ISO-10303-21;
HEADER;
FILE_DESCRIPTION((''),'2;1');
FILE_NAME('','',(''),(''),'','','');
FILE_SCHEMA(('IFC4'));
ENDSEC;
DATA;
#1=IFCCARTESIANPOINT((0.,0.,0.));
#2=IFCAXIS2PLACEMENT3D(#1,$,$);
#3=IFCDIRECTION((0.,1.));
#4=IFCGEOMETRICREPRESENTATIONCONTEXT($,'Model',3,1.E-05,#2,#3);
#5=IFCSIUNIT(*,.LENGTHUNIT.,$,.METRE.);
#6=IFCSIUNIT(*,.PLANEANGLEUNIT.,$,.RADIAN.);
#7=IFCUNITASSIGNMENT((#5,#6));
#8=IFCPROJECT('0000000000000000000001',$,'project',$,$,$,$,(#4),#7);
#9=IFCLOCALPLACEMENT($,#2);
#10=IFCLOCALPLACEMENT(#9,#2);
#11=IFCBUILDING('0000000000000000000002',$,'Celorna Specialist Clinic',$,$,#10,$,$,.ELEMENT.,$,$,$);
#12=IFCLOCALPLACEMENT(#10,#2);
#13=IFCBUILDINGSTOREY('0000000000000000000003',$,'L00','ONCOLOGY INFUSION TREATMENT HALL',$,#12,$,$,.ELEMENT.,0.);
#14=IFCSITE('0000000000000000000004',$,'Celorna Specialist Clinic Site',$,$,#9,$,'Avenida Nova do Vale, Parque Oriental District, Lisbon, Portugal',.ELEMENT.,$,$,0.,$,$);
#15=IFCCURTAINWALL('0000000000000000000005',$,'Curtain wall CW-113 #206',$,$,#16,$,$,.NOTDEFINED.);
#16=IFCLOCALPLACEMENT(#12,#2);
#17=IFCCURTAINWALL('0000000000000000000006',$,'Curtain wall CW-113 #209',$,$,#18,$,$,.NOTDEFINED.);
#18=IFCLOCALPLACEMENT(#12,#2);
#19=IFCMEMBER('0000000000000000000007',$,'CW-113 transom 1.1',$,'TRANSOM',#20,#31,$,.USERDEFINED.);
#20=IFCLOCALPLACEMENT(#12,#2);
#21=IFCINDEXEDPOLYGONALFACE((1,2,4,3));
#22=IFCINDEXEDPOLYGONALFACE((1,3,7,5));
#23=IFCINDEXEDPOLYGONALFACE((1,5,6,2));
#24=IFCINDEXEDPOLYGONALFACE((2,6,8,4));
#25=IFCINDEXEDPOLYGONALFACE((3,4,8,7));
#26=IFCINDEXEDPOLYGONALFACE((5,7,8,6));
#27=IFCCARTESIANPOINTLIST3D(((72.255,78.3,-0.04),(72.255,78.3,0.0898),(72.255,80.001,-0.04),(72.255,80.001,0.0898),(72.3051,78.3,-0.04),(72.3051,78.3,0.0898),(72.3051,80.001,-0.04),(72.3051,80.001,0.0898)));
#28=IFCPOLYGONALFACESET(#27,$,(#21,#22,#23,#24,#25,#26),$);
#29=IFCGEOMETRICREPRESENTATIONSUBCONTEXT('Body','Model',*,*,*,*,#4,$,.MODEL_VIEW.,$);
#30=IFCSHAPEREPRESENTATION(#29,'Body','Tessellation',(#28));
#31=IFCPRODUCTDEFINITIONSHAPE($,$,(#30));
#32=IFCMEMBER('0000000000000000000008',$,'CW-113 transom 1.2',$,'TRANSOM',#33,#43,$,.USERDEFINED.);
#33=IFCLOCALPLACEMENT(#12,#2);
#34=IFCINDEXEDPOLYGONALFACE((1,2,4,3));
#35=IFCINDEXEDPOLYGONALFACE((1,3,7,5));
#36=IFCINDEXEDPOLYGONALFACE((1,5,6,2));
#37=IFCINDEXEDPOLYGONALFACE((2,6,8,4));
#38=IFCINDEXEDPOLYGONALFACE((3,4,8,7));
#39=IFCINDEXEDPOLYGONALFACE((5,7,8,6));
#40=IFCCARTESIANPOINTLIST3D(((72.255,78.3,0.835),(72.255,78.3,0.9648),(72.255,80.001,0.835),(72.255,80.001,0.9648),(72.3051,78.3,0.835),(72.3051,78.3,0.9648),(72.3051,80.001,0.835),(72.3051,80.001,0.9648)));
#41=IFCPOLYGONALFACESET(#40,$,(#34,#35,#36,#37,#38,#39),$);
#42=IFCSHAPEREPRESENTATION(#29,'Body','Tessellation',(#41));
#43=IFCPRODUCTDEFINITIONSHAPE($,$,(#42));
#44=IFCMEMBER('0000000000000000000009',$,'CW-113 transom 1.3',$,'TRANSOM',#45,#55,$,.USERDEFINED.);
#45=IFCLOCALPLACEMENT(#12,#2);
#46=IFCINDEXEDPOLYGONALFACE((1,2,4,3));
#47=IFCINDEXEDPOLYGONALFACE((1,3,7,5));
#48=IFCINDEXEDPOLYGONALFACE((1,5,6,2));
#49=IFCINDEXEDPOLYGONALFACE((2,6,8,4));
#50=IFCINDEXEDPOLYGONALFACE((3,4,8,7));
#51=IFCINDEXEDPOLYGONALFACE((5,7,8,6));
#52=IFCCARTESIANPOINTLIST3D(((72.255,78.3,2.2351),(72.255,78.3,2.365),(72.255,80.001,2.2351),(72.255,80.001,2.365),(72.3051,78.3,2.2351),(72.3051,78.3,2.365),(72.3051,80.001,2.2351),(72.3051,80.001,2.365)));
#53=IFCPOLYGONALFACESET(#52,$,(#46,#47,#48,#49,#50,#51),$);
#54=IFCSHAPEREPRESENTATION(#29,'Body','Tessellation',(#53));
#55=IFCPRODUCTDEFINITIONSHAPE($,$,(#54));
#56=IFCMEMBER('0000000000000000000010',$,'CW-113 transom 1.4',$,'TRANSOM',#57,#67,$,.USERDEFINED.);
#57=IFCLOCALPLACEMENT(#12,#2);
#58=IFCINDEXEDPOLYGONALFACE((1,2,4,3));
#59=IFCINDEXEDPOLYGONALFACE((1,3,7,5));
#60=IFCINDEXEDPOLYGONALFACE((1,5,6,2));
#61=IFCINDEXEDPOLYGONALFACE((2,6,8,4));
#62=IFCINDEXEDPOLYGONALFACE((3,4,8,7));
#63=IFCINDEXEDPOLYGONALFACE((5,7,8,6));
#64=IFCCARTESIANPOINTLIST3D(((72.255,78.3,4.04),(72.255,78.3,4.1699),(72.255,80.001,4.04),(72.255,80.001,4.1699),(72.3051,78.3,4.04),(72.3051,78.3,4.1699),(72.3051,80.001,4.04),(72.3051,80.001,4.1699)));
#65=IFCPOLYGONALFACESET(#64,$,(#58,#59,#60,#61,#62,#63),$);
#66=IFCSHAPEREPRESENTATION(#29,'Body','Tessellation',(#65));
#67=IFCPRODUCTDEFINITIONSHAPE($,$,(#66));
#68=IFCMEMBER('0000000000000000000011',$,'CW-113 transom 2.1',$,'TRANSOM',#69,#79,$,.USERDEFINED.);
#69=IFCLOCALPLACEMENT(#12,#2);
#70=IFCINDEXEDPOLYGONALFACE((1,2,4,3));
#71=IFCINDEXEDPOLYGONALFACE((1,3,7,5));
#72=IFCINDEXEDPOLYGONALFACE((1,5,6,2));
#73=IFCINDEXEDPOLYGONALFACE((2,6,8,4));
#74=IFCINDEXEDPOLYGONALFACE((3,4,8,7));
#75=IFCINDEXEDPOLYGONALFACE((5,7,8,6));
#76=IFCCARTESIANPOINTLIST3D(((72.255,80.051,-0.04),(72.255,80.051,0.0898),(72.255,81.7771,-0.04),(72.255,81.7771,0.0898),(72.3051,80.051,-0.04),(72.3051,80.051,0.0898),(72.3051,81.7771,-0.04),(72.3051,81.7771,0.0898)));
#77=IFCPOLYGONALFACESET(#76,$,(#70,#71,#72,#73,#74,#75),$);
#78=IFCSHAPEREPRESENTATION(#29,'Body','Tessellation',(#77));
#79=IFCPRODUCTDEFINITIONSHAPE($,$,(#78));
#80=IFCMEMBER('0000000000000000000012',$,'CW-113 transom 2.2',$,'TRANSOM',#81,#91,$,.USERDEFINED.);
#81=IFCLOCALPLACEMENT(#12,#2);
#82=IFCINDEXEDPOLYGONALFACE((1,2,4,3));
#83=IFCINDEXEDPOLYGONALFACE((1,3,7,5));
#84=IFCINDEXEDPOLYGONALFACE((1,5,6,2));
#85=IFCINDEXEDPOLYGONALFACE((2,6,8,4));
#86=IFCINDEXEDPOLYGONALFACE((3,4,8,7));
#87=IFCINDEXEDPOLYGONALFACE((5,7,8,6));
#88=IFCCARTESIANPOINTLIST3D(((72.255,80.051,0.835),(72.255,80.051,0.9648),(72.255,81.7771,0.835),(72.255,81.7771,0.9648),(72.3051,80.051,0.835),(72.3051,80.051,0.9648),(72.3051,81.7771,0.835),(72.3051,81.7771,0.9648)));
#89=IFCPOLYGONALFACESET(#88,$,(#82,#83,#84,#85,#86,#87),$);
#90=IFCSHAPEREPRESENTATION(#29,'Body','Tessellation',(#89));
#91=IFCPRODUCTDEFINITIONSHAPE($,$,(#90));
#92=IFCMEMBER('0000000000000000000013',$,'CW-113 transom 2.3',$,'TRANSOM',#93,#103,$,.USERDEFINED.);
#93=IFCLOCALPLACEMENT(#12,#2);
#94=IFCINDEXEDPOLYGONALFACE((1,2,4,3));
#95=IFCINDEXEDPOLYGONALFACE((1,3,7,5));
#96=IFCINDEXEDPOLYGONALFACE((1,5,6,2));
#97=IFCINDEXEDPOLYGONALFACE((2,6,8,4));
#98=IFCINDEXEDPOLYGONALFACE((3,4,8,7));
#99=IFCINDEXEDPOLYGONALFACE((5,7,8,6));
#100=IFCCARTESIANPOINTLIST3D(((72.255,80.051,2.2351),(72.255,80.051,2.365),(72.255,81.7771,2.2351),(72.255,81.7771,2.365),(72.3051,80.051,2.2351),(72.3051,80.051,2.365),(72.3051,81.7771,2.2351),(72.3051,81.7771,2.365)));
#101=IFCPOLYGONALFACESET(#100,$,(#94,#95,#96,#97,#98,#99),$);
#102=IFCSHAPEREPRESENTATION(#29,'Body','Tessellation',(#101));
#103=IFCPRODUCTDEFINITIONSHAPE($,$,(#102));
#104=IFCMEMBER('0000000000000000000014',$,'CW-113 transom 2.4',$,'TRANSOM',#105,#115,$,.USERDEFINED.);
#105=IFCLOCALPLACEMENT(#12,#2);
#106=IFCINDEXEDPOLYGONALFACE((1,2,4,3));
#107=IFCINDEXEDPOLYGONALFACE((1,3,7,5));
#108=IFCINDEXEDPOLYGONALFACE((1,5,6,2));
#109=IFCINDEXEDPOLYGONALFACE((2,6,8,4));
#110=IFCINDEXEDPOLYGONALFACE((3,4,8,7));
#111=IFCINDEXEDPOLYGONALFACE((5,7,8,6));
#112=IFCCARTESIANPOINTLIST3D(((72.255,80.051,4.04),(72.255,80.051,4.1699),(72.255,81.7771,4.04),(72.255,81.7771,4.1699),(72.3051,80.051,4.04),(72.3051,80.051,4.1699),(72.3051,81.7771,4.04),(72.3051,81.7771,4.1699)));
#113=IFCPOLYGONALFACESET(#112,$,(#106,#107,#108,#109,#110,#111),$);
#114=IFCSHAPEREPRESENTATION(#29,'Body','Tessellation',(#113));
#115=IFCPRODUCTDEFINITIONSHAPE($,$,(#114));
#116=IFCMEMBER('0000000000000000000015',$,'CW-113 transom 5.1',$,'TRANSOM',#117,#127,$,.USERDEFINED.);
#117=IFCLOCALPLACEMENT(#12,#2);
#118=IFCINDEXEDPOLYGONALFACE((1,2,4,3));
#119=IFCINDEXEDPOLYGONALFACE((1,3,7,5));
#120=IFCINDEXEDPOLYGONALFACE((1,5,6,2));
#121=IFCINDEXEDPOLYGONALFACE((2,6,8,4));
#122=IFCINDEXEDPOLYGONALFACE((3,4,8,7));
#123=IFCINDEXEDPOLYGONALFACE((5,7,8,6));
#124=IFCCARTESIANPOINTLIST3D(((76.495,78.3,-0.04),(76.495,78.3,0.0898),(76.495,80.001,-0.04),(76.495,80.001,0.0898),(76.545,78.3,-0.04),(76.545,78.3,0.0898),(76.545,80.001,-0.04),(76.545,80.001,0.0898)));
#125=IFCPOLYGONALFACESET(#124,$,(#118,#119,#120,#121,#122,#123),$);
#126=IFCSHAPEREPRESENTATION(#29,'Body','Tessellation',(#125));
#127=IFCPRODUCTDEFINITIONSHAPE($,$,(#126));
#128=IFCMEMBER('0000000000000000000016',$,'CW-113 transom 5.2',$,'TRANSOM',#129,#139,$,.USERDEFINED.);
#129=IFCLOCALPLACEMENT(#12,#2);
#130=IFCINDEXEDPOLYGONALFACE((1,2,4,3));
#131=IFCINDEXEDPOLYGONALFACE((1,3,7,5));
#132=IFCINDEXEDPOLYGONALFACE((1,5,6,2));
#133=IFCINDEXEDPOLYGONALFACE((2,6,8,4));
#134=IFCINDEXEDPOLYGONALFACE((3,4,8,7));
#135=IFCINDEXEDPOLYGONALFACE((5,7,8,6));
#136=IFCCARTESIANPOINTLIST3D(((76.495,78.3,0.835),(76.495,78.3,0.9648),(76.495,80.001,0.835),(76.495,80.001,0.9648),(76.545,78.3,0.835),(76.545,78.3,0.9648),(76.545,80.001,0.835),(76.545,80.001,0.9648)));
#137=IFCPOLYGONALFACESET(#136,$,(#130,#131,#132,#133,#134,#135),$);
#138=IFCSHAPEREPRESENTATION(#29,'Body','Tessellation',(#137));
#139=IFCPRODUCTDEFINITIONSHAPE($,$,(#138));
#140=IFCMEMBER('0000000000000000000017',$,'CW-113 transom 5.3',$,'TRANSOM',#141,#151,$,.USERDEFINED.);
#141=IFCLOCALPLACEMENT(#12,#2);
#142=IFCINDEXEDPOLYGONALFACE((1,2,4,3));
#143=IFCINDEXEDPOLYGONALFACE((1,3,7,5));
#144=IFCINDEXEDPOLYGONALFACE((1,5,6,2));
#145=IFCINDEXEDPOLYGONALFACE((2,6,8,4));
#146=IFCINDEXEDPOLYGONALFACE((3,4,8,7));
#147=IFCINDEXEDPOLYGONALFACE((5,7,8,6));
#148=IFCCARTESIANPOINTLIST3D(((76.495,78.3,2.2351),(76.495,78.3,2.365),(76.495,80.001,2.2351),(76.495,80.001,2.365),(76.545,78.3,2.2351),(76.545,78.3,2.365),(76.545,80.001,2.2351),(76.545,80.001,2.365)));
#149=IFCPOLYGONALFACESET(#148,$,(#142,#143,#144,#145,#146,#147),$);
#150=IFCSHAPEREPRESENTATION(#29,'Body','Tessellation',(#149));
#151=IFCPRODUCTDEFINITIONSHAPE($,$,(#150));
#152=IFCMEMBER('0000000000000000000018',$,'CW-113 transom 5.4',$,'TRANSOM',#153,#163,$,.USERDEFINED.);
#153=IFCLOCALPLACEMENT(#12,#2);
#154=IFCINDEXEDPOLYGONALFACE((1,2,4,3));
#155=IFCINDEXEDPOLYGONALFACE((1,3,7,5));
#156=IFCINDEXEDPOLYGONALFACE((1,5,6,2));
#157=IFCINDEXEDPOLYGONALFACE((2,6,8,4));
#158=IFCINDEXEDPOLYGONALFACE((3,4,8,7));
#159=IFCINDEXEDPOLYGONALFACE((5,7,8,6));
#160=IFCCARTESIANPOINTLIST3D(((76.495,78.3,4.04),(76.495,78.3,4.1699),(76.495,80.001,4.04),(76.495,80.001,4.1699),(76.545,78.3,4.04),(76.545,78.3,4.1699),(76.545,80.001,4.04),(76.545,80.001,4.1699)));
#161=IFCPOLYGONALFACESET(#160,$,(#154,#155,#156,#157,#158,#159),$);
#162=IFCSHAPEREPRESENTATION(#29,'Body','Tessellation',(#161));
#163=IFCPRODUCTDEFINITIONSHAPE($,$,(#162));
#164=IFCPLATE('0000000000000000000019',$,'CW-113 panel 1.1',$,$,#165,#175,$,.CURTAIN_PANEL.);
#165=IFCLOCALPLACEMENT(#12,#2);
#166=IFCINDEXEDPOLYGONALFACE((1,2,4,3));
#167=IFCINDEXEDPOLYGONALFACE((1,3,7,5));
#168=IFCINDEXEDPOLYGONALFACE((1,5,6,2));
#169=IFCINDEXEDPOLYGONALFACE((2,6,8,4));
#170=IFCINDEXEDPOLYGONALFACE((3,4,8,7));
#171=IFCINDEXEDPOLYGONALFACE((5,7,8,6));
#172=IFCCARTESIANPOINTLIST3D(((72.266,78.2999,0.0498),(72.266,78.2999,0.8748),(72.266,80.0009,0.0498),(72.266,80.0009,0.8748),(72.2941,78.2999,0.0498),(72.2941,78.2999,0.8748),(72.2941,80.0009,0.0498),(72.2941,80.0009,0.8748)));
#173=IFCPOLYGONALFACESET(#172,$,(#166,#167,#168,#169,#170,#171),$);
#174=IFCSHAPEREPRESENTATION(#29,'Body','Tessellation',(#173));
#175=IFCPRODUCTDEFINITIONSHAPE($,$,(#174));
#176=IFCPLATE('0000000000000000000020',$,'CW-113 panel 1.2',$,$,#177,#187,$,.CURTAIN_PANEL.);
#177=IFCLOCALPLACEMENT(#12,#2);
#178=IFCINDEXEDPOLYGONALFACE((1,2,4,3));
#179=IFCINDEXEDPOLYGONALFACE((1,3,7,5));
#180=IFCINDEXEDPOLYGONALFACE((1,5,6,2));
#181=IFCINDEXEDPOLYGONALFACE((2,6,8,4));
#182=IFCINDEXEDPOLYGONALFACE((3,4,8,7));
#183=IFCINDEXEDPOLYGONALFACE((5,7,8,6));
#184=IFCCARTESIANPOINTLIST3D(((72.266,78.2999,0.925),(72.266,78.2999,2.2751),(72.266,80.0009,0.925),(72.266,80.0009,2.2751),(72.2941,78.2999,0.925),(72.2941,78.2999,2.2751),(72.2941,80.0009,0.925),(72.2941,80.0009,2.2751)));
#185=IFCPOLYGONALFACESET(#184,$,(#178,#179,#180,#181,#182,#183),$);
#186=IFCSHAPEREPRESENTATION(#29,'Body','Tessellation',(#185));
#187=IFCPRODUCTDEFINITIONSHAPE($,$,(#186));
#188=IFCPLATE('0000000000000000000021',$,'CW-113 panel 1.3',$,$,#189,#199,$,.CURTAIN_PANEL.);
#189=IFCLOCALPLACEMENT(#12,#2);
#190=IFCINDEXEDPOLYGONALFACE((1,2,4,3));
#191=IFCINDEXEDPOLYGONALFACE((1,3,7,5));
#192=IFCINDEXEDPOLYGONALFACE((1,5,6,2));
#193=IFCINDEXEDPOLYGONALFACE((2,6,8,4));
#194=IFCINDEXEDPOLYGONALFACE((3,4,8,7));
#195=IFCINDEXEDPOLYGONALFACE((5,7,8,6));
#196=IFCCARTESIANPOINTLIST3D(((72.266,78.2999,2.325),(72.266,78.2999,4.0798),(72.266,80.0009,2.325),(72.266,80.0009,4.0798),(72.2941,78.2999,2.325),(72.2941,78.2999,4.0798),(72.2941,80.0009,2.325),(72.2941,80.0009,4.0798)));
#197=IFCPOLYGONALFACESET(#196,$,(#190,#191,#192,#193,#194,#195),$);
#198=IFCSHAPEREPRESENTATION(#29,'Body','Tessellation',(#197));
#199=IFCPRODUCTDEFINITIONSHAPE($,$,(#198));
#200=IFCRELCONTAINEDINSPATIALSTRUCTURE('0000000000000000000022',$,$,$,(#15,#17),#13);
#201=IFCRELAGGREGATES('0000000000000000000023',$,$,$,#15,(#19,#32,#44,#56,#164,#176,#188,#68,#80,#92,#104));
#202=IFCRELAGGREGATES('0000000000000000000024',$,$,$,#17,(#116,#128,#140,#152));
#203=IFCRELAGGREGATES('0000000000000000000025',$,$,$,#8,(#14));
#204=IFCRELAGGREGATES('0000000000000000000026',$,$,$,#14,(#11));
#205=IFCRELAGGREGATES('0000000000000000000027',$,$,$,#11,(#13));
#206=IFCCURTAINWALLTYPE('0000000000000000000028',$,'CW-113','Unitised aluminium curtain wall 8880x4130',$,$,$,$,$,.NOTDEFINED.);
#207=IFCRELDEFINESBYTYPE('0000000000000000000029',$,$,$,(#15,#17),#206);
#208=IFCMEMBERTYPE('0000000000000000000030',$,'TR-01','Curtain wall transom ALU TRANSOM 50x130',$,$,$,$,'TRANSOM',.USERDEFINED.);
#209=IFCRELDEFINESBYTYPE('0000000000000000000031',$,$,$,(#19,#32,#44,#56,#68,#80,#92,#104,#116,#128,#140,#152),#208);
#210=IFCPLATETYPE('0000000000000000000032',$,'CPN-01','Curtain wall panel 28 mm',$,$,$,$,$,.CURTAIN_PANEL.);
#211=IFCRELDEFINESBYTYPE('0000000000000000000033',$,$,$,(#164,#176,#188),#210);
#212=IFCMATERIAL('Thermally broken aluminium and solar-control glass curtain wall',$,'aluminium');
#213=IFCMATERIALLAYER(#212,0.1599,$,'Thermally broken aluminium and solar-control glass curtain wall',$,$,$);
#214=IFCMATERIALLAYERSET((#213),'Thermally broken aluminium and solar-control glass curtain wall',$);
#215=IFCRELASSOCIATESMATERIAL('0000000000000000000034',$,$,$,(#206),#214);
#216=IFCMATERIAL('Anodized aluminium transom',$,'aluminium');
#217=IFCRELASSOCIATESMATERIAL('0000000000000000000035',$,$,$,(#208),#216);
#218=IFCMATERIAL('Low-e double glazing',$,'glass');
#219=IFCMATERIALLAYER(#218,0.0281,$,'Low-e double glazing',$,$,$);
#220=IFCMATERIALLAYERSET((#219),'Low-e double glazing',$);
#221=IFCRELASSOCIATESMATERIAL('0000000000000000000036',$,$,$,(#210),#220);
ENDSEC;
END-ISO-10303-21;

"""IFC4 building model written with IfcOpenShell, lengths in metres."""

from ifc_helpers import new_model, si_unit, direction, frame, origin, origin_2d, place, context, subcontext, project, spatial, rectangle, extrude, material, layer, layer_set, material_profile, profile_set, type_object, element, aggregate, save


model = new_model("IFC4")

# Units and contexts
model_context = context("Model", 3, precision=1e-05, world=origin(), true_north=direction((0.0, 1.0)))
body_context = subcontext(model_context, "Body", "Model", "MODEL_VIEW")
ifc_project = project(units=[si_unit("LENGTHUNIT", "METRE"), si_unit("PLANEANGLEUNIT", "RADIAN")], contexts=[model_context])

# Site, building, storey
site_placement = place(None, origin())
site = spatial("IfcSite", under=ifc_project, at=site_placement, Name="Celorna Specialist Clinic Site", LongName="Avenida Nova do Vale, Parque Oriental District, Lisbon, Portugal", CompositionType="ELEMENT", RefElevation=0.0)
building_placement = place(site_placement, origin())
building = spatial("IfcBuilding", under=site, at=building_placement, Name="Celorna Specialist Clinic", CompositionType="ELEMENT")
storey_placement = place(building_placement, origin())
storey = spatial("IfcBuildingStorey", under=building, at=storey_placement, Name="L00", Description="ONCOLOGY INFUSION TREATMENT HALL", CompositionType="ELEMENT", Elevation=0.0)

# Curtain wall
ifc_material_1 = material(Name="Thermally broken aluminium and solar-control glass curtain wall", Category="aluminium")
ifc_layer_1 = layer(ifc_material_1, 0.1599, Name="Thermally broken aluminium and solar-control glass curtain wall")
ifc_layer_set_1 = layer_set([ifc_layer_1], Name="Thermally broken aluminium and solar-control glass curtain wall")
curtain_wall_type = type_object("IfcCurtainWallType", Name="CW-113", Description="Unitised aluminium curtain wall 8880x4130", PredefinedType="NOTDEFINED", material=ifc_layer_set_1)
curtain_wall_1_placement = place(storey_placement, origin())
curtain_wall_1 = element("IfcCurtainWall", 1, at=curtain_wall_1_placement, inside=storey, type_object=curtain_wall_type, Name="Curtain wall CW-113 #206", PredefinedType="NOTDEFINED")

# Curtain wall
curtain_wall_2_placement = place(storey_placement, origin())
curtain_wall_2 = element("IfcCurtainWall", 2, at=curtain_wall_2_placement, inside=storey, type_object=curtain_wall_type, Name="Curtain wall CW-113 #209", PredefinedType="NOTDEFINED")

# Members
ifc_material_2 = material(Name="Anodized aluminium transom", Category="aluminium")
ifc_material_profile_1 = material_profile(ifc_material_2, rectangle(XDim=0.05, YDim=0.1299, at=origin_2d()), Name="ALU TRANSOM 50x130")
ifc_profile_set_1 = profile_set([ifc_material_profile_1], Name="Anodized aluminium transom")
member_type_1 = type_object("IfcMemberType", Name="TR-01", Description="Curtain wall transom ALU TRANSOM 50x130", ElementType="TRANSOM", PredefinedType="USERDEFINED", material=ifc_profile_set_1)
member_1_placement = place(storey_placement, frame((72.28, 78.3, 0.0249), z_axis=(0.0, 1.0, 0.0), x_axis=(-1.0, 0.0, 0.0)))
member_1 = element("IfcMember", 3, at=member_1_placement, type_object=member_type_1, Name="CW-113 transom 1.1", ObjectType="TRANSOM", PredefinedType="USERDEFINED", context=body_context, shape_type="SweptSolid", body=[
    extrude(rectangle(XDim=0.05, YDim=0.1299, at=origin_2d()), origin(), (0.0, 0.0, 1.0), 1.7009),
])
member_2_placement = place(storey_placement, frame((72.28, 78.3, 0.8999), z_axis=(0.0, 1.0, 0.0), x_axis=(-1.0, 0.0, 0.0)))
member_2 = element("IfcMember", 4, at=member_2_placement, type_object=member_type_1, Name="CW-113 transom 1.2", ObjectType="TRANSOM", PredefinedType="USERDEFINED", context=body_context, shape_type="SweptSolid", body=[
    extrude(rectangle(XDim=0.05, YDim=0.1299, at=origin_2d()), origin(), (0.0, 0.0, 1.0), 1.7009),
])
member_3_placement = place(storey_placement, frame((72.28, 78.3, 2.3), z_axis=(0.0, 1.0, 0.0), x_axis=(-1.0, 0.0, 0.0)))
member_3 = element("IfcMember", 5, at=member_3_placement, type_object=member_type_1, Name="CW-113 transom 1.3", ObjectType="TRANSOM", PredefinedType="USERDEFINED", context=body_context, shape_type="SweptSolid", body=[
    extrude(rectangle(XDim=0.05, YDim=0.1299, at=origin_2d()), origin(), (0.0, 0.0, 1.0), 1.7009),
])
member_4_placement = place(storey_placement, frame((72.28, 78.3, 4.105), z_axis=(0.0, 1.0, 0.0), x_axis=(-1.0, 0.0, 0.0)))
member_4 = element("IfcMember", 6, at=member_4_placement, type_object=member_type_1, Name="CW-113 transom 1.4", ObjectType="TRANSOM", PredefinedType="USERDEFINED", context=body_context, shape_type="SweptSolid", body=[
    extrude(rectangle(XDim=0.05, YDim=0.1299, at=origin_2d()), origin(), (0.0, 0.0, 1.0), 1.7009),
])
member_5_placement = place(storey_placement, frame((72.28, 80.051, 0.0249), z_axis=(0.0, 1.0, 0.0), x_axis=(-1.0, 0.0, 0.0)))
member_5 = element("IfcMember", 7, at=member_5_placement, type_object=member_type_1, Name="CW-113 transom 2.1", ObjectType="TRANSOM", PredefinedType="USERDEFINED", context=body_context, shape_type="SweptSolid", body=[
    extrude(rectangle(XDim=0.05, YDim=0.1299, at=origin_2d()), origin(), (0.0, 0.0, 1.0), 1.7261),
])
member_6_placement = place(storey_placement, frame((72.28, 80.051, 0.8999), z_axis=(0.0, 1.0, 0.0), x_axis=(-1.0, 0.0, 0.0)))
member_6 = element("IfcMember", 8, at=member_6_placement, type_object=member_type_1, Name="CW-113 transom 2.2", ObjectType="TRANSOM", PredefinedType="USERDEFINED", context=body_context, shape_type="SweptSolid", body=[
    extrude(rectangle(XDim=0.05, YDim=0.1299, at=origin_2d()), origin(), (0.0, 0.0, 1.0), 1.7261),
])
member_7_placement = place(storey_placement, frame((72.28, 80.051, 2.3), z_axis=(0.0, 1.0, 0.0), x_axis=(-1.0, 0.0, 0.0)))
member_7 = element("IfcMember", 9, at=member_7_placement, type_object=member_type_1, Name="CW-113 transom 2.3", ObjectType="TRANSOM", PredefinedType="USERDEFINED", context=body_context, shape_type="SweptSolid", body=[
    extrude(rectangle(XDim=0.05, YDim=0.1299, at=origin_2d()), origin(), (0.0, 0.0, 1.0), 1.7261),
])
member_8_placement = place(storey_placement, frame((72.28, 80.051, 4.105), z_axis=(0.0, 1.0, 0.0), x_axis=(-1.0, 0.0, 0.0)))
member_8 = element("IfcMember", 10, at=member_8_placement, type_object=member_type_1, Name="CW-113 transom 2.4", ObjectType="TRANSOM", PredefinedType="USERDEFINED", context=body_context, shape_type="SweptSolid", body=[
    extrude(rectangle(XDim=0.05, YDim=0.1299, at=origin_2d()), origin(), (0.0, 0.0, 1.0), 1.7261),
])
member_9_placement = place(storey_placement, frame((76.52, 80.001, 0.0249), z_axis=(0.0, -1.0, 0.0), x_axis=(1.0, 0.0, 0.0)))
member_9 = element("IfcMember", 11, at=member_9_placement, type_object=member_type_1, Name="CW-113 transom 5.1", ObjectType="TRANSOM", PredefinedType="USERDEFINED", context=body_context, shape_type="SweptSolid", body=[
    extrude(rectangle(XDim=0.05, YDim=0.1299, at=origin_2d()), origin(), (0.0, 0.0, 1.0), 1.7009),
])
member_10_placement = place(storey_placement, frame((76.52, 80.001, 0.8999), z_axis=(0.0, -1.0, 0.0), x_axis=(1.0, 0.0, 0.0)))
member_10 = element("IfcMember", 12, at=member_10_placement, type_object=member_type_1, Name="CW-113 transom 5.2", ObjectType="TRANSOM", PredefinedType="USERDEFINED", context=body_context, shape_type="SweptSolid", body=[
    extrude(rectangle(XDim=0.05, YDim=0.1299, at=origin_2d()), origin(), (0.0, 0.0, 1.0), 1.7009),
])
member_11_placement = place(storey_placement, frame((76.52, 80.001, 2.3), z_axis=(0.0, -1.0, 0.0), x_axis=(1.0, 0.0, 0.0)))
member_11 = element("IfcMember", 13, at=member_11_placement, type_object=member_type_1, Name="CW-113 transom 5.3", ObjectType="TRANSOM", PredefinedType="USERDEFINED", context=body_context, shape_type="SweptSolid", body=[
    extrude(rectangle(XDim=0.05, YDim=0.1299, at=origin_2d()), origin(), (0.0, 0.0, 1.0), 1.7009),
])
member_12_placement = place(storey_placement, frame((76.52, 80.001, 4.105), z_axis=(0.0, -1.0, 0.0), x_axis=(1.0, 0.0, 0.0)))
member_12 = element("IfcMember", 14, at=member_12_placement, type_object=member_type_1, Name="CW-113 transom 5.4", ObjectType="TRANSOM", PredefinedType="USERDEFINED", context=body_context, shape_type="SweptSolid", body=[
    extrude(rectangle(XDim=0.05, YDim=0.1299, at=origin_2d()), origin(), (0.0, 0.0, 1.0), 1.7009),
])

# Plates
ifc_material_3 = material(Name="Low-e double glazing", Category="glass")
ifc_layer_2 = layer(ifc_material_3, 0.0281, Name="Low-e double glazing")
ifc_layer_set_2 = layer_set([ifc_layer_2], Name="Low-e double glazing")
plate_type = type_object("IfcPlateType", Name="CPN-01", Description="Curtain wall panel 28 mm", PredefinedType="CURTAIN_PANEL", material=ifc_layer_set_2)
plate_1_placement = place(storey_placement, frame((72.28, 79.1504, 0.0498), z_axis=(0.0, 0.0, 1.0), x_axis=(0.0, 1.0, 0.0)))
plate_1 = element("IfcPlate", 15, at=plate_1_placement, type_object=plate_type, Name="CW-113 panel 1.1", PredefinedType="CURTAIN_PANEL", context=body_context, shape_type="SweptSolid", body=[
    extrude(rectangle(XDim=1.7009, YDim=0.0281, at=origin_2d()), origin(), (0.0, 0.0, 1.0), 0.825),
])
plate_2_placement = place(storey_placement, frame((72.28, 79.1504, 0.925), z_axis=(0.0, 0.0, 1.0), x_axis=(0.0, 1.0, 0.0)))
plate_2 = element("IfcPlate", 16, at=plate_2_placement, type_object=plate_type, Name="CW-113 panel 1.2", PredefinedType="CURTAIN_PANEL", context=body_context, shape_type="SweptSolid", body=[
    extrude(rectangle(XDim=1.7009, YDim=0.0281, at=origin_2d()), origin(), (0.0, 0.0, 1.0), 1.3501),
])
plate_3_placement = place(storey_placement, frame((72.28, 79.1504, 2.325), z_axis=(0.0, 0.0, 1.0), x_axis=(0.0, 1.0, 0.0)))
plate_3 = element("IfcPlate", 17, at=plate_3_placement, type_object=plate_type, Name="CW-113 panel 1.3", PredefinedType="CURTAIN_PANEL", context=body_context, shape_type="SweptSolid", body=[
    extrude(rectangle(XDim=1.7009, YDim=0.0281, at=origin_2d()), origin(), (0.0, 0.0, 1.0), 1.7549),
])
aggregate(curtain_wall_1, [member_1, member_2, member_3, member_4, plate_1, plate_2, plate_3, member_5, member_6, member_7, member_8])
aggregate(curtain_wall_2, [member_9, member_10, member_11, member_12])

save(model, "model.ifc")
